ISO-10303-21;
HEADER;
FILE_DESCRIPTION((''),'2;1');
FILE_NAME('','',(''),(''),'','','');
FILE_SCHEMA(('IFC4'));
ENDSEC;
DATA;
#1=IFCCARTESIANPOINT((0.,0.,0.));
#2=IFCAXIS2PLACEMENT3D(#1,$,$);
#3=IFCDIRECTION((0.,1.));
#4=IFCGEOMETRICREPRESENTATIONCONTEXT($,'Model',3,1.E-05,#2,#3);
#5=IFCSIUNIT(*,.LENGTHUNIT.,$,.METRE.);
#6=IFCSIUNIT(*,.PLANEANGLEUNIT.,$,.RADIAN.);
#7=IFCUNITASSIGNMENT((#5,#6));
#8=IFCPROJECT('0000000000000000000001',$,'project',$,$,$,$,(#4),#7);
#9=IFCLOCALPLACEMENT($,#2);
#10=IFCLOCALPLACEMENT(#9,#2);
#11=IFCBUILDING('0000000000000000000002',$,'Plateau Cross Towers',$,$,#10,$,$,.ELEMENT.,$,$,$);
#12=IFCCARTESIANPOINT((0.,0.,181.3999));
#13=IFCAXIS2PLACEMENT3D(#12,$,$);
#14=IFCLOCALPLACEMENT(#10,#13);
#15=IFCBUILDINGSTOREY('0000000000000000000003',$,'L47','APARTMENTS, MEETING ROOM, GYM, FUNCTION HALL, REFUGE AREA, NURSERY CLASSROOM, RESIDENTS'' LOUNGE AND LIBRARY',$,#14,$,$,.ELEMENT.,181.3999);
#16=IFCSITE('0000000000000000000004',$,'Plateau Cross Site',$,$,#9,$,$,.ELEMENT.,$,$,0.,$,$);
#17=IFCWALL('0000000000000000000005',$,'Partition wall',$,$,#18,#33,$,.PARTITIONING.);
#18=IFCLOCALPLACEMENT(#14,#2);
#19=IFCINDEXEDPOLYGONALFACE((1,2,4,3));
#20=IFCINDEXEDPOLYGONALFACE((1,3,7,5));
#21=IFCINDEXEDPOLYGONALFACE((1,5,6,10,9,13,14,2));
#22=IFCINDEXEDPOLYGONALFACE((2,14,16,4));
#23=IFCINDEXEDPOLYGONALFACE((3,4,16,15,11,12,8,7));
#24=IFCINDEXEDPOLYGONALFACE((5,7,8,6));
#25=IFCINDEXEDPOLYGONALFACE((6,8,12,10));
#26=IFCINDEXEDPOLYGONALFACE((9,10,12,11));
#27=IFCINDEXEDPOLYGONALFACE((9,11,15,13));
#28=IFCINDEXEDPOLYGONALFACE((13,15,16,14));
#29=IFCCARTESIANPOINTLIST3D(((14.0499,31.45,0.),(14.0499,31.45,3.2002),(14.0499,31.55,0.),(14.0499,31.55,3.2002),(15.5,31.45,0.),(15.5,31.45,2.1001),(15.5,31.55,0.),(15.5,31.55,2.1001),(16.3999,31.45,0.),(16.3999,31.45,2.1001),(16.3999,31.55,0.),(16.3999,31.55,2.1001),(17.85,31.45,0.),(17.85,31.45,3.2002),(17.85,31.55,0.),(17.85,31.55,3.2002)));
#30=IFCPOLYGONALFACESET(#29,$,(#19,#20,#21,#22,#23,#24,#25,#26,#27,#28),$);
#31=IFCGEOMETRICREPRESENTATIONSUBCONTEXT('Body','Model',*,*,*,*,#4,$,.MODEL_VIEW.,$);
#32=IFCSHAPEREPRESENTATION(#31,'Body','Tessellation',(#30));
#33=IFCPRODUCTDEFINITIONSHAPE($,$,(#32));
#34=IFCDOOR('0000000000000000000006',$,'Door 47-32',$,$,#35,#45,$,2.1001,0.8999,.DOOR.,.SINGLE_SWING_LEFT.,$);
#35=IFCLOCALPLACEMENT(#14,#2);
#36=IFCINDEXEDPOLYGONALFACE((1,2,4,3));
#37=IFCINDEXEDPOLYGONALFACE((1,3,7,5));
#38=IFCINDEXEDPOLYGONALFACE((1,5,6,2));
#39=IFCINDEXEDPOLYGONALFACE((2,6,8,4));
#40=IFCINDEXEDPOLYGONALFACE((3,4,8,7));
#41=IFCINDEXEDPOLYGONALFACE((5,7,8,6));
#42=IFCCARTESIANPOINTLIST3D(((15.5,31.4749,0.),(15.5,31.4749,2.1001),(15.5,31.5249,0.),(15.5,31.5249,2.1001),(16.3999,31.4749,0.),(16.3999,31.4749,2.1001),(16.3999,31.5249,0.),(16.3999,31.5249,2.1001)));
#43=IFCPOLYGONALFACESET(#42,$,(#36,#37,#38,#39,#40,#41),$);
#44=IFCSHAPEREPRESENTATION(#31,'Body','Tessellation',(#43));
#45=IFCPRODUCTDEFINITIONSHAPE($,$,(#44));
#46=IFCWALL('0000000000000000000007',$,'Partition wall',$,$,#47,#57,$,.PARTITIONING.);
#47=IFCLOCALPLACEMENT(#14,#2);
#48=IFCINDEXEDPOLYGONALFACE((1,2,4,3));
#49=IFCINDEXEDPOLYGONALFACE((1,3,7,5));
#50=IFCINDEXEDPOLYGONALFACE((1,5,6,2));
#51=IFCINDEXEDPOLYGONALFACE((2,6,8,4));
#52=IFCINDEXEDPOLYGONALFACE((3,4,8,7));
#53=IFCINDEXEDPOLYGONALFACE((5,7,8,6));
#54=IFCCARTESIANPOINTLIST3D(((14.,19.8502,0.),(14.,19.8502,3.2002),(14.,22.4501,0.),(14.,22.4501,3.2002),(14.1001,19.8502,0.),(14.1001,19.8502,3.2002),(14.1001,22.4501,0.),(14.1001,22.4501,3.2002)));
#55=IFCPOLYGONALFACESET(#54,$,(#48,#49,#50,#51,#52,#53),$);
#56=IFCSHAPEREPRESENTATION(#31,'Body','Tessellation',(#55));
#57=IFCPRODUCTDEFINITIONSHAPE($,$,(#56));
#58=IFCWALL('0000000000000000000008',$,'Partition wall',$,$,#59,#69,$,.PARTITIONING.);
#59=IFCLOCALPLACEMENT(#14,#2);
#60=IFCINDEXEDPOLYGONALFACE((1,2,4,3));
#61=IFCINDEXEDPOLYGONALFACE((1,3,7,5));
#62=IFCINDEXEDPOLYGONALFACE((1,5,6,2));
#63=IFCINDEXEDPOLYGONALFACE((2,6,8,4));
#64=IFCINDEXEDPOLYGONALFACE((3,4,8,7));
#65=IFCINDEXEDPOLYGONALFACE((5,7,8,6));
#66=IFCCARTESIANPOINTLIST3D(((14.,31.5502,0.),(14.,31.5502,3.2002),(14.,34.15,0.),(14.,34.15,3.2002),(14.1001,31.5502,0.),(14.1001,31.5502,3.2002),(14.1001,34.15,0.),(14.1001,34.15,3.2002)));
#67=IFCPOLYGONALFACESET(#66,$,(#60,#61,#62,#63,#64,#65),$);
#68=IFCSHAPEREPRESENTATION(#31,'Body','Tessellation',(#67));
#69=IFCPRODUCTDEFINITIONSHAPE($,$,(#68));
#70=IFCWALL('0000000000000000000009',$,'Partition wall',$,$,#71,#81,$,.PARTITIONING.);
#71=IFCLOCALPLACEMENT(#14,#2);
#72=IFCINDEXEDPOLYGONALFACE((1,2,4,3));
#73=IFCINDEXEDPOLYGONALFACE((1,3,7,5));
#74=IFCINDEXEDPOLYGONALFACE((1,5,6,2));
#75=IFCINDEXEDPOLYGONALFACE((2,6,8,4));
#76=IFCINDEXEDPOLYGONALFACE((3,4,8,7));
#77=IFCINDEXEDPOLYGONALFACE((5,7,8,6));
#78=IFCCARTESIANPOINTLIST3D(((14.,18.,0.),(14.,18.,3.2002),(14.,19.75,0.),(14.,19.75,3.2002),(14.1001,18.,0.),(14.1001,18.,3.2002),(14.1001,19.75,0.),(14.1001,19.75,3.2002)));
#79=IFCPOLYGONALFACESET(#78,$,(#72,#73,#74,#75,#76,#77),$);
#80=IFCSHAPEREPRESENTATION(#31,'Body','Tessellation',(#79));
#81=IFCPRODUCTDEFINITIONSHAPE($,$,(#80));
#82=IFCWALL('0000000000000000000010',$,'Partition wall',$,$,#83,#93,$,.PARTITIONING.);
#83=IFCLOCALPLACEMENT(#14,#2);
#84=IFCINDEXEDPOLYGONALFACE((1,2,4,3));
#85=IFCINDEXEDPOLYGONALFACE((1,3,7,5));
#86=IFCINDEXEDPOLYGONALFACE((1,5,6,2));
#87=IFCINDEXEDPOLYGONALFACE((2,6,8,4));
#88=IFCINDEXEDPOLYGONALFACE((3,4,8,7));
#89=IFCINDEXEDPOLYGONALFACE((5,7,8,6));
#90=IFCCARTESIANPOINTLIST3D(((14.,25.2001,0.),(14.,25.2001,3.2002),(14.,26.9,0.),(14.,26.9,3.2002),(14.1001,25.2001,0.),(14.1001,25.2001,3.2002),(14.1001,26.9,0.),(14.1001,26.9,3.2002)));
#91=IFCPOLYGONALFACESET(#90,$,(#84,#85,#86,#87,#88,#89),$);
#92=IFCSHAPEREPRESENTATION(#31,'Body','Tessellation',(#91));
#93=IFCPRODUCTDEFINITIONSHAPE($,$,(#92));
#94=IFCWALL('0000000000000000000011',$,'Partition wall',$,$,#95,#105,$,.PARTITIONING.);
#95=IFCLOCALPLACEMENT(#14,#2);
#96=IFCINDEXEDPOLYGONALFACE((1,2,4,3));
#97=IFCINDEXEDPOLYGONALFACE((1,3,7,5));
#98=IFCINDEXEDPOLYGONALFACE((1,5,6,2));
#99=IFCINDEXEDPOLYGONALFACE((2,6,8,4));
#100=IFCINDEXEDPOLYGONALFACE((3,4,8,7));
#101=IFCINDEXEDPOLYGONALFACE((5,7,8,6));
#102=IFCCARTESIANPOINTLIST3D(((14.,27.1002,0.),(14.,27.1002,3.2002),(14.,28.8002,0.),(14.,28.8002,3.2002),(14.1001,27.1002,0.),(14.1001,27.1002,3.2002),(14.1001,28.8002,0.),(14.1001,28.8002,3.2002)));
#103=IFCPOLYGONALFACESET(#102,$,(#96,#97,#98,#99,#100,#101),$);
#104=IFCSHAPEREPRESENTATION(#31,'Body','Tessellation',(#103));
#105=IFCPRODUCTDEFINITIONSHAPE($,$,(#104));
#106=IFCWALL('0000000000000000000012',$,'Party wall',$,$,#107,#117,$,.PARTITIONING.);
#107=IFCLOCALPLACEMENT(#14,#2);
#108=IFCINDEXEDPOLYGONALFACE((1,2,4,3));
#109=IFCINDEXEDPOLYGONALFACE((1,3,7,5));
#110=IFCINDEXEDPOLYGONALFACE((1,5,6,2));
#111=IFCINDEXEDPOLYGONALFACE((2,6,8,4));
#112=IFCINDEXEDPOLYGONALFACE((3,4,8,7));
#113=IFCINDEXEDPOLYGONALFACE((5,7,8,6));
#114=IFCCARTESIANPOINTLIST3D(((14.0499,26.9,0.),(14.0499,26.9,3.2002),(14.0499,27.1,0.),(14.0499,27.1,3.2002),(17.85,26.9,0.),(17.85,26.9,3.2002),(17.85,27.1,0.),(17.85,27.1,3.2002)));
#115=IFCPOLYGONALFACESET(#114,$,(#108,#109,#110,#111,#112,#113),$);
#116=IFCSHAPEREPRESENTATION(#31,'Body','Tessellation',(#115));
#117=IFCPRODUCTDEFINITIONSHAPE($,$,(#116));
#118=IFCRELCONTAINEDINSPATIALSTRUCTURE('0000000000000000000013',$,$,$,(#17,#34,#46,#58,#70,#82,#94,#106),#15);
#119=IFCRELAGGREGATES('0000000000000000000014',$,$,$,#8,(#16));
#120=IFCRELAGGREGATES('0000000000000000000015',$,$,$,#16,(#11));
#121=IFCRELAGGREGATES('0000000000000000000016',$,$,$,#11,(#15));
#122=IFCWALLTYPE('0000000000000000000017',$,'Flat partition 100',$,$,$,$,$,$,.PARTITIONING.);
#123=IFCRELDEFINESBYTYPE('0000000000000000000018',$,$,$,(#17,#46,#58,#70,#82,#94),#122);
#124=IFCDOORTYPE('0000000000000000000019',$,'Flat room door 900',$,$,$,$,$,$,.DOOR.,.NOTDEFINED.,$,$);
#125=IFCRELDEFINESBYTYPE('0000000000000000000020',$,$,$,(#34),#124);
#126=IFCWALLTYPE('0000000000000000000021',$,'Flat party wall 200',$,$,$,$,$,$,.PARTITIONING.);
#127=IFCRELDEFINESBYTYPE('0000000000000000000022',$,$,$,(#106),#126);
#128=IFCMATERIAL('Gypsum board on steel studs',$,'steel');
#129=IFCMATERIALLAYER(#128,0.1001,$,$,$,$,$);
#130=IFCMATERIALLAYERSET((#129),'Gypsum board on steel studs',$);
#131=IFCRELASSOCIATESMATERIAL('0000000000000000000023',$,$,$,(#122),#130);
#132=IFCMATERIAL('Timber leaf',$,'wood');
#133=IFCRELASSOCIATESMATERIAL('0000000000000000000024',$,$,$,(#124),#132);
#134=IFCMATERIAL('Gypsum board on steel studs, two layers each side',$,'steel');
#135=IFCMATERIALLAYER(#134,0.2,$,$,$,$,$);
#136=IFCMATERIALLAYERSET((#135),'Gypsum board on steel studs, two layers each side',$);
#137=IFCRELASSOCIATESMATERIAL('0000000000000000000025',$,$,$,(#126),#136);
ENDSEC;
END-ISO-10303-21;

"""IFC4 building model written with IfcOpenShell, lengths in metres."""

from ifc_helpers import new_model, si_unit, direction, frame, frame_2d, origin, place, context, subcontext, project, spatial, rectangle, extrude, material, layer, layer_set, type_object, element, fill, save


model = new_model("IFC4")

# Units and contexts
model_context = context("Model", 3, precision=1e-05, world=origin(), true_north=direction((0.0, 1.0)))
body_context = subcontext(model_context, "Body", "Model", "MODEL_VIEW")
ifc_project = project(units=[si_unit("LENGTHUNIT", "METRE"), si_unit("PLANEANGLEUNIT", "RADIAN")], contexts=[model_context])

# Site, building, storey
site_placement = place(None, origin())
site = spatial("IfcSite", under=ifc_project, at=site_placement, Name="Plateau Cross Site", CompositionType="ELEMENT", RefElevation=0.0)
building_placement = place(site_placement, origin())
building = spatial("IfcBuilding", under=site, at=building_placement, Name="Plateau Cross Towers", CompositionType="ELEMENT")
storey_placement = place(building_placement, frame((0.0, 0.0, 181.3999)))
storey = spatial("IfcBuildingStorey", under=building, at=storey_placement, Name="L47", Description="APARTMENTS, MEETING ROOM, GYM, FUNCTION HALL, REFUGE AREA, NURSERY CLASSROOM, RESIDENTS' LOUNGE AND LIBRARY", CompositionType="ELEMENT", Elevation=181.3999)

# Wall, opening, door
ifc_material_1 = material(Name="Gypsum board on steel studs", Category="steel")
ifc_layer_1 = layer(ifc_material_1, 0.1001)
ifc_layer_set_1 = layer_set([ifc_layer_1], Name="Gypsum board on steel studs")
wall_type_1 = type_object("IfcWallType", Name="Flat partition 100", PredefinedType="PARTITIONING", material=ifc_layer_set_1)
ifc_material_2 = material(Name="Timber leaf", Category="wood")
door_type_1 = type_object("IfcDoorType", Name="Flat room door 900", OperationType="NOTDEFINED", PredefinedType="DOOR", material=ifc_material_2)
wall_1_placement = place(storey_placement, frame((14.05, 31.5, 0.0), z_axis=(0.0, 0.0, 1.0), x_axis=(1.0, 0.0, 0.0)))
wall_1 = element("IfcWall", 1, at=wall_1_placement, inside=storey, type_object=wall_type_1, Name="Partition wall", PredefinedType="PARTITIONING", context=body_context, shape_type="SweptSolid", body=[
    extrude(rectangle(XDim=3.8, YDim=0.1001, at=frame_2d((1.8999, 0.0))), origin(), (0.0, 0.0, 1.0), 3.2002),
])
opening_1_placement = place(wall_1_placement, frame((1.45, 0.0, 0.0)))
opening_1 = element("IfcOpeningElement", 2, at=opening_1_placement, cuts=wall_1, PredefinedType="OPENING", context=body_context, shape_type="SweptSolid", body=[
    extrude(rectangle(XDim=0.8999, YDim=2.1001, at=frame_2d((0.45, 1.05))), frame((0.0, 0.0601, 0.0), z_axis=(0.0, -1.0, 0.0), x_axis=(1.0, 0.0, 0.0)), (0.0, 0.0, 1.0), 0.1201),
])
door_1_placement = place(opening_1_placement, origin())
door_1 = element("IfcDoor", 3, at=door_1_placement, inside=storey, type_object=door_type_1, Name="Door 47-32", OperationType="SINGLE_SWING_LEFT", OverallHeight=2.1001, OverallWidth=0.8999, PredefinedType="DOOR", context=body_context, shape_type="SweptSolid", body=[
    extrude(rectangle(XDim=0.8999, YDim=2.1001, at=frame_2d((0.45, 1.05))), frame((0.0, 0.0249, 0.0), z_axis=(0.0, -1.0, 0.0), x_axis=(1.0, 0.0, 0.0)), (0.0, 0.0, 1.0), 0.05),
])
fill(opening_1, door_1)

# Walls
for number, where, z_axis, x_axis, name in (
    (4, (14.05, 22.45, 0.0), (0.0, 0.0, 1.0), (0.0, -1.0, 0.0), "Partition wall"),
    (5, (14.05, 34.1499, 0.0), (0.0, 0.0, 1.0), (0.0, -1.0, 0.0), "Partition wall"),
):
    element("IfcWall", number, at=place(storey_placement, frame(where, z_axis=z_axis, x_axis=x_axis)), inside=storey, type_object=wall_type_1, Name=name, PredefinedType="PARTITIONING", context=body_context, shape_type="SweptSolid", body=[
        extrude(rectangle(XDim=2.5999, YDim=0.1001, at=frame_2d((1.2998, 0.0))), origin(), (0.0, 0.0, 1.0), 3.2002),
    ])
wall_2_placement = place(storey_placement, frame((14.05, 18.0, 0.0), z_axis=(0.0, 0.0, 1.0), x_axis=(0.0, 1.0, 0.0)))
element("IfcWall", 6, at=wall_2_placement, inside=storey, type_object=wall_type_1, Name="Partition wall", PredefinedType="PARTITIONING", context=body_context, shape_type="SweptSolid", body=[
    extrude(rectangle(XDim=1.75, YDim=0.1001, at=frame_2d((0.875, 0.0))), origin(), (0.0, 0.0, 1.0), 3.2002),
])
for number, where, z_axis, x_axis, name in (
    (7, (14.05, 25.2, 0.0), (0.0, 0.0, 1.0), (0.0, 1.0, 0.0), "Partition wall"),
    (8, (14.05, 27.1001, 0.0), (0.0, 0.0, 1.0), (0.0, 1.0, 0.0), "Partition wall"),
):
    element("IfcWall", number, at=place(storey_placement, frame(where, z_axis=z_axis, x_axis=x_axis)), inside=storey, type_object=wall_type_1, Name=name, PredefinedType="PARTITIONING", context=body_context, shape_type="SweptSolid", body=[
        extrude(rectangle(XDim=1.7, YDim=0.1001, at=frame_2d((0.8501, 0.0))), origin(), (0.0, 0.0, 1.0), 3.2002),
    ])
ifc_material_3 = material(Name="Gypsum board on steel studs, two layers each side", Category="steel")
ifc_layer_2 = layer(ifc_material_3, 0.2)
ifc_layer_set_2 = layer_set([ifc_layer_2], Name="Gypsum board on steel studs, two layers each side")
wall_type_2 = type_object("IfcWallType", Name="Flat party wall 200", PredefinedType="PARTITIONING", material=ifc_layer_set_2)
wall_3_placement = place(storey_placement, frame((14.05, 27.0, 0.0), z_axis=(0.0, 0.0, 1.0), x_axis=(1.0, 0.0, 0.0)))
element("IfcWall", 9, at=wall_3_placement, inside=storey, type_object=wall_type_2, Name="Party wall", PredefinedType="PARTITIONING", context=body_context, shape_type="SweptSolid", body=[
    extrude(rectangle(XDim=3.8, YDim=0.2, at=frame_2d((1.8999, 0.0))), origin(), (0.0, 0.0, 1.0), 3.2002),
])

save(model, "model.ifc")
